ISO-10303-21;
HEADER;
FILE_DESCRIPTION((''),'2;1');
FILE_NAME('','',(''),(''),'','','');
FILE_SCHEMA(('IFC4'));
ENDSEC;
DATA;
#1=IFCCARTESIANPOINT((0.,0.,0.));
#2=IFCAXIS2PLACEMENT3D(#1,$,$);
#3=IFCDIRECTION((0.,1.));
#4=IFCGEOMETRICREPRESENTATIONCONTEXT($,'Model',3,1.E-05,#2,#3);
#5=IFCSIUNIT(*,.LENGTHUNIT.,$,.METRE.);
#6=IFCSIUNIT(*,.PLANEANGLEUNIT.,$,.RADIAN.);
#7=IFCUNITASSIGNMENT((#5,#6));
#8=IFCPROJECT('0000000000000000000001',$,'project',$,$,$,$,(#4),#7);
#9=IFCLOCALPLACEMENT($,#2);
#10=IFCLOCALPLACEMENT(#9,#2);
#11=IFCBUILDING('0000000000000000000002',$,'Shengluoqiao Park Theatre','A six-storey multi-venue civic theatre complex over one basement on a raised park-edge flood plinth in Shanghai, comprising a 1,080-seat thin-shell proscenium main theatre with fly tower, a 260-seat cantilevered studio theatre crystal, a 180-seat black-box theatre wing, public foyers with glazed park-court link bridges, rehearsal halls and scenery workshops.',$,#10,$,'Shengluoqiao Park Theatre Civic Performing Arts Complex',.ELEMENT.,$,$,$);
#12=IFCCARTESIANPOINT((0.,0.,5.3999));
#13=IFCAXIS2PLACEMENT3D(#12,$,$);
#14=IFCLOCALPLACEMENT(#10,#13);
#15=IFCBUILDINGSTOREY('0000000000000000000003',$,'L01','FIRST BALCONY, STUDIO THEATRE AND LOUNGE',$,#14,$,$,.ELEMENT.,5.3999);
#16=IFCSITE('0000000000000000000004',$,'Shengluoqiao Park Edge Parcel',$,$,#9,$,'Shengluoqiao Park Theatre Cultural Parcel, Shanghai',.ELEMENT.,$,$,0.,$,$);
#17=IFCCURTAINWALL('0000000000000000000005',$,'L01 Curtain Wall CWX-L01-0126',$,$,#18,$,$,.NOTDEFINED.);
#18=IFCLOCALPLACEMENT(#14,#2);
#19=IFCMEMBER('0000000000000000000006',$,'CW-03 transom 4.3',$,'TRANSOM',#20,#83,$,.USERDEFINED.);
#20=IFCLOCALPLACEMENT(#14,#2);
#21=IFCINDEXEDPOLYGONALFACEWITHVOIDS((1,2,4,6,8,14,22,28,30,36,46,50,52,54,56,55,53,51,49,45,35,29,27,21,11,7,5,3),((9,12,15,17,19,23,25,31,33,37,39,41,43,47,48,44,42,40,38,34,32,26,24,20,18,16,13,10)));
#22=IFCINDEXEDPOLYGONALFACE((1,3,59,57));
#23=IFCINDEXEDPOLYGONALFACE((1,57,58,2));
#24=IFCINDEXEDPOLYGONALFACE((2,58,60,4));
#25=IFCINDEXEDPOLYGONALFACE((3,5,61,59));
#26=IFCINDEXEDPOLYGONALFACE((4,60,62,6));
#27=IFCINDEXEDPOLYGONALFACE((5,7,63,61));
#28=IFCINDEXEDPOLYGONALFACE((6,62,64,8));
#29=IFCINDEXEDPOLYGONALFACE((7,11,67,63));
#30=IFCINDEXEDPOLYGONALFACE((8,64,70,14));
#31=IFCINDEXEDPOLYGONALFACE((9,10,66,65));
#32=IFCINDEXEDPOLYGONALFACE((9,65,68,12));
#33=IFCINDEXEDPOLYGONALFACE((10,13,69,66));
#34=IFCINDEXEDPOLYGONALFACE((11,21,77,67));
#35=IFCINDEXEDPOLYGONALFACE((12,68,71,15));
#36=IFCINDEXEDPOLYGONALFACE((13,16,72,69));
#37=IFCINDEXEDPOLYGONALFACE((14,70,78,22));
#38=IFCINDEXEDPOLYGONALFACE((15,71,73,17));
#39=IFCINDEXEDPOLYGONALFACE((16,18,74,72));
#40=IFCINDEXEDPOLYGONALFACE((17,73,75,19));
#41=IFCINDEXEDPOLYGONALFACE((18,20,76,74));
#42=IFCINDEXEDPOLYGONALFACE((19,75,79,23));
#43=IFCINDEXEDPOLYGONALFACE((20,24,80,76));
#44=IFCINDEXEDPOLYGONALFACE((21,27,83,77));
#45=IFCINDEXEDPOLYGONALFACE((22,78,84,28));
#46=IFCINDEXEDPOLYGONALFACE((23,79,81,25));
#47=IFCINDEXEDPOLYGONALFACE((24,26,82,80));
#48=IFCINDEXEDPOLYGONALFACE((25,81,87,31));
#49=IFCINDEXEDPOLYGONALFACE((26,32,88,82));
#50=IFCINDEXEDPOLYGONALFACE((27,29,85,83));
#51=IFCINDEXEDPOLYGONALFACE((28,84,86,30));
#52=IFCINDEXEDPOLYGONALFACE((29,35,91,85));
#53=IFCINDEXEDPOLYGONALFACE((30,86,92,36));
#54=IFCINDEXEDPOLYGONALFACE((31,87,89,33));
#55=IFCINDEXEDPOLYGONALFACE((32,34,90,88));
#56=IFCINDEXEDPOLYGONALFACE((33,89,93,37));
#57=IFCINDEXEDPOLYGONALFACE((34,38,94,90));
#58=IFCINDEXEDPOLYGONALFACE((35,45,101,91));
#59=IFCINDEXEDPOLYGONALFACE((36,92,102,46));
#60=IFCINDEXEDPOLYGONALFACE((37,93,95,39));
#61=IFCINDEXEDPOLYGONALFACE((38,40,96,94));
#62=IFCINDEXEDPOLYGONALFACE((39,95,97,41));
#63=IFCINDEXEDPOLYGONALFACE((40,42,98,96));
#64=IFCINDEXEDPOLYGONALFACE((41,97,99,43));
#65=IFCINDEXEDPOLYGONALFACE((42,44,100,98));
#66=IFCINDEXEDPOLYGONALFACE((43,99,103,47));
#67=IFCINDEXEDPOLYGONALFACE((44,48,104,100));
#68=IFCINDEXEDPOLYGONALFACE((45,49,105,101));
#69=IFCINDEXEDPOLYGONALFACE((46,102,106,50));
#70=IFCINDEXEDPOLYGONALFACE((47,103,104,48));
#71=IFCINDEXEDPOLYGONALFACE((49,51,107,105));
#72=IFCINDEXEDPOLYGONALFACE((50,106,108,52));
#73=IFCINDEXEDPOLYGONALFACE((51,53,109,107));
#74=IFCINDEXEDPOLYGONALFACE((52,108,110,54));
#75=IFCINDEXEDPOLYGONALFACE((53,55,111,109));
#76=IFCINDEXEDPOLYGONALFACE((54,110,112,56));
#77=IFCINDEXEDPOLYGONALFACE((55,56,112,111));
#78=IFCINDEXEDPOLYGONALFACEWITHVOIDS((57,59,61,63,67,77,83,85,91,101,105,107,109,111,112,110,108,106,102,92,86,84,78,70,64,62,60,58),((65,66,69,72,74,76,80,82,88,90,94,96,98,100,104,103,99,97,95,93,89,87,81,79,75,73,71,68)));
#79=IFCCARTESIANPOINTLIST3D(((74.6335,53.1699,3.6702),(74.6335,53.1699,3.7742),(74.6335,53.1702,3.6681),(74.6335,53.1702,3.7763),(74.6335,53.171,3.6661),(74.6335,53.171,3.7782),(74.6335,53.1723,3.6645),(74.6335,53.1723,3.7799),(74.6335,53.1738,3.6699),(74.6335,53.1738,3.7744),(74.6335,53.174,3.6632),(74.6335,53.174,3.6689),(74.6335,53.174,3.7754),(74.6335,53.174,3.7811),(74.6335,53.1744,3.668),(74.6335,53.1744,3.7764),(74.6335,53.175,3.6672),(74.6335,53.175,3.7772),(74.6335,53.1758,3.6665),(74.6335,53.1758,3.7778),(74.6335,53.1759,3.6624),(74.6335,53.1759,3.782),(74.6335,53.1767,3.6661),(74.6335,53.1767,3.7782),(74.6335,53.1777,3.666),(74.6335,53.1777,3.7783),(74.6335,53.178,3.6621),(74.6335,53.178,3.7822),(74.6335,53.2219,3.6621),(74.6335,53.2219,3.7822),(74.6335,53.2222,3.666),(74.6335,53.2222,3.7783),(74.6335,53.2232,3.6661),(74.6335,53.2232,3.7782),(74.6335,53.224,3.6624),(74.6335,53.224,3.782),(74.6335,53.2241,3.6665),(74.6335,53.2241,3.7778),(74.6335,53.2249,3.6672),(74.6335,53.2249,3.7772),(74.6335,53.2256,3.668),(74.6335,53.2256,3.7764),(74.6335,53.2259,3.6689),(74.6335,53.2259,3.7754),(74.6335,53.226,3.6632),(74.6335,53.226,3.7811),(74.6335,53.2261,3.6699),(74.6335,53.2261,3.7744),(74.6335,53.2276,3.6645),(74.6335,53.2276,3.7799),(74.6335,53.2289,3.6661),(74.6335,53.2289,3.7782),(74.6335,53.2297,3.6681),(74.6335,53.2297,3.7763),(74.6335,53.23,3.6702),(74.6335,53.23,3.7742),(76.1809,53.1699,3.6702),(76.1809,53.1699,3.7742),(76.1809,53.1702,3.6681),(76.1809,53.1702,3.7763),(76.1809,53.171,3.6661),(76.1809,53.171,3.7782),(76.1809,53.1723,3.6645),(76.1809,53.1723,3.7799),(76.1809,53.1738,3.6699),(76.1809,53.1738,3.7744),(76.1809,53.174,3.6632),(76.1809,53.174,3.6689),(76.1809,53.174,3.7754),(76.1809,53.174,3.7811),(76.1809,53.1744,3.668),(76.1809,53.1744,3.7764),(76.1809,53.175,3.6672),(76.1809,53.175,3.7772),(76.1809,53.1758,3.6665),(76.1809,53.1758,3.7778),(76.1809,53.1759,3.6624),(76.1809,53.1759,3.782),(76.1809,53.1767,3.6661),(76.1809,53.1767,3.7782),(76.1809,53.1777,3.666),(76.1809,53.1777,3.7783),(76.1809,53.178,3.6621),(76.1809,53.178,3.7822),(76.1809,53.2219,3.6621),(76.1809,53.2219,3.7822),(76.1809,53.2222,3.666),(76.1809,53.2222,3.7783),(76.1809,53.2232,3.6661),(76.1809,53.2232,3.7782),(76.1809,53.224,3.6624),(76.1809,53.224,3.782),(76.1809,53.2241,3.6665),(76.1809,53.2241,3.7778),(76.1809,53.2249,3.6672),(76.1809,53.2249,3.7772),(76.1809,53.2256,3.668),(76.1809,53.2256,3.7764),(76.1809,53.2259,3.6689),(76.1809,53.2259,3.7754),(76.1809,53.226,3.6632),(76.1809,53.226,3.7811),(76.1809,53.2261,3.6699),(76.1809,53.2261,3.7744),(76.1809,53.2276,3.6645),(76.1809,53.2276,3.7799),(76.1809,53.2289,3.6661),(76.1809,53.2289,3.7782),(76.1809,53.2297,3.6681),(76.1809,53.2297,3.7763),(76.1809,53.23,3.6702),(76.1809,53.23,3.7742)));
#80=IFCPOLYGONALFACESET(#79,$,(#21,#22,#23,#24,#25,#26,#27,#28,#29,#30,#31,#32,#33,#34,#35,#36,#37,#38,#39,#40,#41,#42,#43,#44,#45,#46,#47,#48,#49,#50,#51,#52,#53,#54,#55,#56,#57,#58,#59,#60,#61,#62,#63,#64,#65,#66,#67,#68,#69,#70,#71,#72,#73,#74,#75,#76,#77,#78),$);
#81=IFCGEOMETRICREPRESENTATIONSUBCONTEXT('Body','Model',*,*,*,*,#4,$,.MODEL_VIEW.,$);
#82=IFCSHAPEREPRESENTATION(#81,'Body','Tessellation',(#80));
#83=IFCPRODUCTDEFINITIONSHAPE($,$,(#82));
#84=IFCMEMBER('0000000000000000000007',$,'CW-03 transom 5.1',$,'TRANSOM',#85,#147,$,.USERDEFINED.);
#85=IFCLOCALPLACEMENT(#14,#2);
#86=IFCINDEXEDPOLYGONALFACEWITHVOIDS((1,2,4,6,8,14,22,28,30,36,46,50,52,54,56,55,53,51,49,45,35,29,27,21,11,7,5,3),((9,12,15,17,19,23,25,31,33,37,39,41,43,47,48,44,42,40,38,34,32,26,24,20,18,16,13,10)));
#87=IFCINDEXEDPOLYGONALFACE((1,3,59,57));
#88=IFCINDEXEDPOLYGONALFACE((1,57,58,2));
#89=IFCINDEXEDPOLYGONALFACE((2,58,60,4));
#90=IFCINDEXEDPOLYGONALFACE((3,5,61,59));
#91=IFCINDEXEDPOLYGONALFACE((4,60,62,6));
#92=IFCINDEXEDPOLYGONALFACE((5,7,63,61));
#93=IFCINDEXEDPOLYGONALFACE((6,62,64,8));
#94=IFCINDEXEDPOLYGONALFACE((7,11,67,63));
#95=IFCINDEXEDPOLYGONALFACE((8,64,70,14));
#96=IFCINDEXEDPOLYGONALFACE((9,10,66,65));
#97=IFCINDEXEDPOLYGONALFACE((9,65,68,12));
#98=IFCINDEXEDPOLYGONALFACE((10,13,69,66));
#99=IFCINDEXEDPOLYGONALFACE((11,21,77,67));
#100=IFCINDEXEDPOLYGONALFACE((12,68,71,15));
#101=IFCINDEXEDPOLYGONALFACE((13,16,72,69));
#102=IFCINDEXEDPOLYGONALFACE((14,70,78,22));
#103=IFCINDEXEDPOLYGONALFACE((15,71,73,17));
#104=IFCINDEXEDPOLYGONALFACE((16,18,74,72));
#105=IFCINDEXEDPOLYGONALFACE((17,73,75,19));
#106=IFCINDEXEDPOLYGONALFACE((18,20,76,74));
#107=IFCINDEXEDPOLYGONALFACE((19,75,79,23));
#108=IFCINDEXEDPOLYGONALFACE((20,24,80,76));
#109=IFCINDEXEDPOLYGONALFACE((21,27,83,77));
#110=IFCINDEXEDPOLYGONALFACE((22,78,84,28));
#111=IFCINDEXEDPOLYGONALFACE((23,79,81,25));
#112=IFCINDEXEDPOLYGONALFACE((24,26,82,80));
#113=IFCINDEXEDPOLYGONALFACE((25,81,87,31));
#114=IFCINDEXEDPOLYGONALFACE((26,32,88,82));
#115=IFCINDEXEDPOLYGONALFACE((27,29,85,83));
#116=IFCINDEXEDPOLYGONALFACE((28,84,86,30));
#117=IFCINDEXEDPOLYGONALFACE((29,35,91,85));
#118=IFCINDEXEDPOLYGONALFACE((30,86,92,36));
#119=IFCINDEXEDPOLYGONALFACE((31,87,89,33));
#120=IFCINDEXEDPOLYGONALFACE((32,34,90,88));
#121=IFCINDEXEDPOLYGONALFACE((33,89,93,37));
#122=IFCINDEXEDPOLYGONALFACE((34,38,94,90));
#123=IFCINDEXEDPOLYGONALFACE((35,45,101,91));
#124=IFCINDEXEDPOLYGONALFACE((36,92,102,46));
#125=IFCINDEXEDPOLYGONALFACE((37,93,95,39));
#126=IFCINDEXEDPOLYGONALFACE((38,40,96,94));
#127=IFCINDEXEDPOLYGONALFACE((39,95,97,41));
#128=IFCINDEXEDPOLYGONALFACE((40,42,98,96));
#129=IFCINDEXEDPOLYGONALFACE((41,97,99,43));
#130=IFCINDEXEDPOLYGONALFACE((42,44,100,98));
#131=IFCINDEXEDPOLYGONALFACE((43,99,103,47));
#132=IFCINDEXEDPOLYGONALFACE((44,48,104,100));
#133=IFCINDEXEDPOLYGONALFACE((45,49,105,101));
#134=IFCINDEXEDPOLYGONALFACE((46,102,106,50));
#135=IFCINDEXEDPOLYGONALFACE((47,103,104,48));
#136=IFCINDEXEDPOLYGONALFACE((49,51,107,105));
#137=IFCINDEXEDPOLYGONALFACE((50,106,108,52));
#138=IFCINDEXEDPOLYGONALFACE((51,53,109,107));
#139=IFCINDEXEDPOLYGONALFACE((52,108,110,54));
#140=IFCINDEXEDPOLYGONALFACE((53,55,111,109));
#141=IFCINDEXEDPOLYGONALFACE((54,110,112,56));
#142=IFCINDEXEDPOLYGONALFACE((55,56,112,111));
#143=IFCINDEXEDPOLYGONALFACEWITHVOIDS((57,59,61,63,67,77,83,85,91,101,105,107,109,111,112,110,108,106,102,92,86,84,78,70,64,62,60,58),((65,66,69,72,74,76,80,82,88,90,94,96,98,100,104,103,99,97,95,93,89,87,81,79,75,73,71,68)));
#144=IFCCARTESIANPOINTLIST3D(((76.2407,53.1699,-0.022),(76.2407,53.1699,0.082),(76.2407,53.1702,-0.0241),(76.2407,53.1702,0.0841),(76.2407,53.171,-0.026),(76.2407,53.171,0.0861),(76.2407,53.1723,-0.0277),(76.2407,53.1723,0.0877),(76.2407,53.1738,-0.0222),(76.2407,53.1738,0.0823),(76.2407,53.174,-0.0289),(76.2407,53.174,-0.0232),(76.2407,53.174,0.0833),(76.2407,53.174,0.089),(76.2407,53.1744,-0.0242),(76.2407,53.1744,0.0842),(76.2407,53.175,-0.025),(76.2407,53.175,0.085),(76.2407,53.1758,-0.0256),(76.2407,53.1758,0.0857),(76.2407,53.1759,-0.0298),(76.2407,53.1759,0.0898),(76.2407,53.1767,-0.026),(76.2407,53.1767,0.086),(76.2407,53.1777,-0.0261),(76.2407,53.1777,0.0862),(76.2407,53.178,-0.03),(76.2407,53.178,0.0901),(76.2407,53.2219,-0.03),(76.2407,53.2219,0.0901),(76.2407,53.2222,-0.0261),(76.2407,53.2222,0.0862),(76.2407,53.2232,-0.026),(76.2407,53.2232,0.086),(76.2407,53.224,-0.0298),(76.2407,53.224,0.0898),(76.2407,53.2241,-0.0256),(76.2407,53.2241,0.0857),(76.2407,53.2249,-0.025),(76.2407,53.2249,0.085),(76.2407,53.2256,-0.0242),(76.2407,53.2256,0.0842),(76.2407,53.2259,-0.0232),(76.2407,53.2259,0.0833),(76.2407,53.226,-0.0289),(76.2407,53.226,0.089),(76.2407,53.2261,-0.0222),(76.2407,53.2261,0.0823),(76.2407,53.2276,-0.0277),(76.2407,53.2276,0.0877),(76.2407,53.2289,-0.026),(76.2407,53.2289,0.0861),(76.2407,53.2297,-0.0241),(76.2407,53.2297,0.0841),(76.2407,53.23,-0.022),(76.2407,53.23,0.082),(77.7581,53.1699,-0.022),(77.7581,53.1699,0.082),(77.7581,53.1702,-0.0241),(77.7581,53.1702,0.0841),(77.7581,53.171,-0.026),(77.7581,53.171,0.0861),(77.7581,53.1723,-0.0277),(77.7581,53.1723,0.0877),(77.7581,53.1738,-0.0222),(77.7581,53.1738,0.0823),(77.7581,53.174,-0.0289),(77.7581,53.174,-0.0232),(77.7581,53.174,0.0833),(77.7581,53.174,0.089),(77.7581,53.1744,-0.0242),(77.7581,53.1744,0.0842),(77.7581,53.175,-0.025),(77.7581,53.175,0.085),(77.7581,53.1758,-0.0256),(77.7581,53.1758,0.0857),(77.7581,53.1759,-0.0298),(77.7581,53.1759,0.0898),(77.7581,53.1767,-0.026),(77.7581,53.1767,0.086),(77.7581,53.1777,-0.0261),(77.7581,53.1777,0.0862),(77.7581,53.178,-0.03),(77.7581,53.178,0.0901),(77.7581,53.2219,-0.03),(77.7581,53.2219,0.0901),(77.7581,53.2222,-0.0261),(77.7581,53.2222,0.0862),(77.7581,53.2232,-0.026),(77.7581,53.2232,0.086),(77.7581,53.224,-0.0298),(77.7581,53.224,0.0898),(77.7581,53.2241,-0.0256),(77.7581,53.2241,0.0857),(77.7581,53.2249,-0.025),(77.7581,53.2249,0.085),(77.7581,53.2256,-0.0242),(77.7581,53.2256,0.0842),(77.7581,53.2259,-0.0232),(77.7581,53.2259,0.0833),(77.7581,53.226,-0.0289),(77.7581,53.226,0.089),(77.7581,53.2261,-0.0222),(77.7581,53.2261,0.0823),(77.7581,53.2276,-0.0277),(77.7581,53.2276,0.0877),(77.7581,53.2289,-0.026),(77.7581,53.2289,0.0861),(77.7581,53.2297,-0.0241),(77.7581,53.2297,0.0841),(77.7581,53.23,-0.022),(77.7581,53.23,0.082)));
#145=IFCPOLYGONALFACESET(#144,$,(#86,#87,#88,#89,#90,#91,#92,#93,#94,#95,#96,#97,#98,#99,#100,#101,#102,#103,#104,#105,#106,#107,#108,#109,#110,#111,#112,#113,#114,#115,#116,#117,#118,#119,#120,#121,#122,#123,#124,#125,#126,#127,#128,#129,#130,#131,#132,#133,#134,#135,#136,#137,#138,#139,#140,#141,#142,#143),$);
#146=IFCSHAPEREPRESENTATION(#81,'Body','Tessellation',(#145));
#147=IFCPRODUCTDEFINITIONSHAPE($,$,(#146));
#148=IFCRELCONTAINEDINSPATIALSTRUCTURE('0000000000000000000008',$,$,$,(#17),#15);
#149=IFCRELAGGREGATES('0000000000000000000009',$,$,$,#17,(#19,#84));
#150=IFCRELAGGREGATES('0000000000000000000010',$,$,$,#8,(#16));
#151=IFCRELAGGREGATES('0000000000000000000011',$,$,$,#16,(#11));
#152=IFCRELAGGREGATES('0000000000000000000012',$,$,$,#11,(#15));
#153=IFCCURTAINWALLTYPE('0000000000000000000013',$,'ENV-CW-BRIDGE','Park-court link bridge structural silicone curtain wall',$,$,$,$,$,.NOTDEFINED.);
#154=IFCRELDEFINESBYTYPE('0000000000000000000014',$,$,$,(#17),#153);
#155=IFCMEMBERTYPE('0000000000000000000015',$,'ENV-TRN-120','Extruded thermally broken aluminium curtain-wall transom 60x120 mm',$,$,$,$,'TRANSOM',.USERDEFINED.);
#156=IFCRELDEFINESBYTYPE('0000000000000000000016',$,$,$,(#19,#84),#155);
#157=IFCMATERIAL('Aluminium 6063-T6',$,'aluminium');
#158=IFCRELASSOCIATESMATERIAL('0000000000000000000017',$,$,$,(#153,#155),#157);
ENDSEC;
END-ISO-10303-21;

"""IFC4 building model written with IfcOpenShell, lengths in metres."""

from ifc_helpers import new_model, si_unit, direction, frame, origin, origin_2d, place, context, subcontext, project, spatial, hollow_rectangle, extrude, material, material_profile, profile_set, type_object, element, aggregate, save


model = new_model("IFC4")

# Units and contexts
model_context = context("Model", 3, precision=1e-05, world=origin(), true_north=direction((0.0, 1.0)))
body_context = subcontext(model_context, "Body", "Model", "MODEL_VIEW")
ifc_project = project(units=[si_unit("LENGTHUNIT", "METRE"), si_unit("PLANEANGLEUNIT", "RADIAN")], contexts=[model_context])

# Site, building, storey
site_placement = place(None, origin())
site = spatial("IfcSite", under=ifc_project, at=site_placement, Name="Shengluoqiao Park Edge Parcel", LongName="Shengluoqiao Park Theatre Cultural Parcel, Shanghai", CompositionType="ELEMENT", RefElevation=0.0)
building_placement = place(site_placement, origin())
building = spatial("IfcBuilding", under=site, at=building_placement, Name="Shengluoqiao Park Theatre", Description="A six-storey multi-venue civic theatre complex over one basement on a raised park-edge flood plinth in Shanghai, comprising a 1,080-seat thin-shell proscenium main theatre with fly tower, a 260-seat cantilevered studio theatre crystal, a 180-seat black-box theatre wing, public foyers with glazed park-court link bridges, rehearsal halls and scenery workshops.", LongName="Shengluoqiao Park Theatre Civic Performing Arts Complex", CompositionType="ELEMENT")
storey_placement = place(building_placement, frame((0.0, 0.0, 5.3999)))
storey = spatial("IfcBuildingStorey", under=building, at=storey_placement, Name="L01", Description="FIRST BALCONY, STUDIO THEATRE AND LOUNGE", CompositionType="ELEMENT", Elevation=5.3999)

# Curtain wall
ifc_material_1 = material(Name="Aluminium 6063-T6", Category="aluminium")
curtain_wall_type = type_object("IfcCurtainWallType", Name="ENV-CW-BRIDGE", Description="Park-court link bridge structural silicone curtain wall", PredefinedType="NOTDEFINED", material=ifc_material_1)
curtain_wall_1_placement = place(storey_placement, origin())
curtain_wall_1 = element("IfcCurtainWall", 1, at=curtain_wall_1_placement, inside=storey, type_object=curtain_wall_type, Name="L01 Curtain Wall CWX-L01-0126", PredefinedType="NOTDEFINED")

# Members
ifc_material_profile_1 = material_profile(ifc_material_1, hollow_rectangle(XDim=0.0601, YDim=0.1201, WallThickness=0.0039, InnerFilletRadius=0.0039, OuterFilletRadius=0.0081, at=origin_2d()), Name="ALU TRANSOM 120x60x4")
ifc_profile_set_1 = profile_set([ifc_material_profile_1], Name="Aluminium 6063-T6")
member_type_1 = type_object("IfcMemberType", Name="ENV-TRN-120", Description="Extruded thermally broken aluminium curtain-wall transom 60x120 mm", ElementType="TRANSOM", PredefinedType="USERDEFINED", material=ifc_profile_set_1)
member_1_placement = place(storey_placement, frame((74.6335, 53.2, 3.7222), z_axis=(1.0, 0.0, 0.0), x_axis=(0.0, 1.0, 0.0)))
member_1 = element("IfcMember", 2, at=member_1_placement, type_object=member_type_1, Name="CW-03 transom 4.3", ObjectType="TRANSOM", PredefinedType="USERDEFINED", context=body_context, shape_type="SweptSolid", body=[
    extrude(hollow_rectangle(XDim=0.0601, YDim=0.1201, WallThickness=0.0039, InnerFilletRadius=0.0039, OuterFilletRadius=0.0081, at=origin_2d()), origin(), (0.0, 0.0, 1.0), 1.5474),
])
member_2_placement = place(storey_placement, frame((76.2407, 53.2, 0.03), z_axis=(1.0, 0.0, 0.0), x_axis=(0.0, 1.0, 0.0)))
member_2 = element("IfcMember", 3, at=member_2_placement, type_object=member_type_1, Name="CW-03 transom 5.1", ObjectType="TRANSOM", PredefinedType="USERDEFINED", context=body_context, shape_type="SweptSolid", body=[
    extrude(hollow_rectangle(XDim=0.0601, YDim=0.1201, WallThickness=0.0039, InnerFilletRadius=0.0039, OuterFilletRadius=0.0081, at=origin_2d()), origin(), (0.0, 0.0, 1.0), 1.5173),
])

aggregate(curtain_wall_1, [member_1, member_2])

save(model, "model.ifc")
